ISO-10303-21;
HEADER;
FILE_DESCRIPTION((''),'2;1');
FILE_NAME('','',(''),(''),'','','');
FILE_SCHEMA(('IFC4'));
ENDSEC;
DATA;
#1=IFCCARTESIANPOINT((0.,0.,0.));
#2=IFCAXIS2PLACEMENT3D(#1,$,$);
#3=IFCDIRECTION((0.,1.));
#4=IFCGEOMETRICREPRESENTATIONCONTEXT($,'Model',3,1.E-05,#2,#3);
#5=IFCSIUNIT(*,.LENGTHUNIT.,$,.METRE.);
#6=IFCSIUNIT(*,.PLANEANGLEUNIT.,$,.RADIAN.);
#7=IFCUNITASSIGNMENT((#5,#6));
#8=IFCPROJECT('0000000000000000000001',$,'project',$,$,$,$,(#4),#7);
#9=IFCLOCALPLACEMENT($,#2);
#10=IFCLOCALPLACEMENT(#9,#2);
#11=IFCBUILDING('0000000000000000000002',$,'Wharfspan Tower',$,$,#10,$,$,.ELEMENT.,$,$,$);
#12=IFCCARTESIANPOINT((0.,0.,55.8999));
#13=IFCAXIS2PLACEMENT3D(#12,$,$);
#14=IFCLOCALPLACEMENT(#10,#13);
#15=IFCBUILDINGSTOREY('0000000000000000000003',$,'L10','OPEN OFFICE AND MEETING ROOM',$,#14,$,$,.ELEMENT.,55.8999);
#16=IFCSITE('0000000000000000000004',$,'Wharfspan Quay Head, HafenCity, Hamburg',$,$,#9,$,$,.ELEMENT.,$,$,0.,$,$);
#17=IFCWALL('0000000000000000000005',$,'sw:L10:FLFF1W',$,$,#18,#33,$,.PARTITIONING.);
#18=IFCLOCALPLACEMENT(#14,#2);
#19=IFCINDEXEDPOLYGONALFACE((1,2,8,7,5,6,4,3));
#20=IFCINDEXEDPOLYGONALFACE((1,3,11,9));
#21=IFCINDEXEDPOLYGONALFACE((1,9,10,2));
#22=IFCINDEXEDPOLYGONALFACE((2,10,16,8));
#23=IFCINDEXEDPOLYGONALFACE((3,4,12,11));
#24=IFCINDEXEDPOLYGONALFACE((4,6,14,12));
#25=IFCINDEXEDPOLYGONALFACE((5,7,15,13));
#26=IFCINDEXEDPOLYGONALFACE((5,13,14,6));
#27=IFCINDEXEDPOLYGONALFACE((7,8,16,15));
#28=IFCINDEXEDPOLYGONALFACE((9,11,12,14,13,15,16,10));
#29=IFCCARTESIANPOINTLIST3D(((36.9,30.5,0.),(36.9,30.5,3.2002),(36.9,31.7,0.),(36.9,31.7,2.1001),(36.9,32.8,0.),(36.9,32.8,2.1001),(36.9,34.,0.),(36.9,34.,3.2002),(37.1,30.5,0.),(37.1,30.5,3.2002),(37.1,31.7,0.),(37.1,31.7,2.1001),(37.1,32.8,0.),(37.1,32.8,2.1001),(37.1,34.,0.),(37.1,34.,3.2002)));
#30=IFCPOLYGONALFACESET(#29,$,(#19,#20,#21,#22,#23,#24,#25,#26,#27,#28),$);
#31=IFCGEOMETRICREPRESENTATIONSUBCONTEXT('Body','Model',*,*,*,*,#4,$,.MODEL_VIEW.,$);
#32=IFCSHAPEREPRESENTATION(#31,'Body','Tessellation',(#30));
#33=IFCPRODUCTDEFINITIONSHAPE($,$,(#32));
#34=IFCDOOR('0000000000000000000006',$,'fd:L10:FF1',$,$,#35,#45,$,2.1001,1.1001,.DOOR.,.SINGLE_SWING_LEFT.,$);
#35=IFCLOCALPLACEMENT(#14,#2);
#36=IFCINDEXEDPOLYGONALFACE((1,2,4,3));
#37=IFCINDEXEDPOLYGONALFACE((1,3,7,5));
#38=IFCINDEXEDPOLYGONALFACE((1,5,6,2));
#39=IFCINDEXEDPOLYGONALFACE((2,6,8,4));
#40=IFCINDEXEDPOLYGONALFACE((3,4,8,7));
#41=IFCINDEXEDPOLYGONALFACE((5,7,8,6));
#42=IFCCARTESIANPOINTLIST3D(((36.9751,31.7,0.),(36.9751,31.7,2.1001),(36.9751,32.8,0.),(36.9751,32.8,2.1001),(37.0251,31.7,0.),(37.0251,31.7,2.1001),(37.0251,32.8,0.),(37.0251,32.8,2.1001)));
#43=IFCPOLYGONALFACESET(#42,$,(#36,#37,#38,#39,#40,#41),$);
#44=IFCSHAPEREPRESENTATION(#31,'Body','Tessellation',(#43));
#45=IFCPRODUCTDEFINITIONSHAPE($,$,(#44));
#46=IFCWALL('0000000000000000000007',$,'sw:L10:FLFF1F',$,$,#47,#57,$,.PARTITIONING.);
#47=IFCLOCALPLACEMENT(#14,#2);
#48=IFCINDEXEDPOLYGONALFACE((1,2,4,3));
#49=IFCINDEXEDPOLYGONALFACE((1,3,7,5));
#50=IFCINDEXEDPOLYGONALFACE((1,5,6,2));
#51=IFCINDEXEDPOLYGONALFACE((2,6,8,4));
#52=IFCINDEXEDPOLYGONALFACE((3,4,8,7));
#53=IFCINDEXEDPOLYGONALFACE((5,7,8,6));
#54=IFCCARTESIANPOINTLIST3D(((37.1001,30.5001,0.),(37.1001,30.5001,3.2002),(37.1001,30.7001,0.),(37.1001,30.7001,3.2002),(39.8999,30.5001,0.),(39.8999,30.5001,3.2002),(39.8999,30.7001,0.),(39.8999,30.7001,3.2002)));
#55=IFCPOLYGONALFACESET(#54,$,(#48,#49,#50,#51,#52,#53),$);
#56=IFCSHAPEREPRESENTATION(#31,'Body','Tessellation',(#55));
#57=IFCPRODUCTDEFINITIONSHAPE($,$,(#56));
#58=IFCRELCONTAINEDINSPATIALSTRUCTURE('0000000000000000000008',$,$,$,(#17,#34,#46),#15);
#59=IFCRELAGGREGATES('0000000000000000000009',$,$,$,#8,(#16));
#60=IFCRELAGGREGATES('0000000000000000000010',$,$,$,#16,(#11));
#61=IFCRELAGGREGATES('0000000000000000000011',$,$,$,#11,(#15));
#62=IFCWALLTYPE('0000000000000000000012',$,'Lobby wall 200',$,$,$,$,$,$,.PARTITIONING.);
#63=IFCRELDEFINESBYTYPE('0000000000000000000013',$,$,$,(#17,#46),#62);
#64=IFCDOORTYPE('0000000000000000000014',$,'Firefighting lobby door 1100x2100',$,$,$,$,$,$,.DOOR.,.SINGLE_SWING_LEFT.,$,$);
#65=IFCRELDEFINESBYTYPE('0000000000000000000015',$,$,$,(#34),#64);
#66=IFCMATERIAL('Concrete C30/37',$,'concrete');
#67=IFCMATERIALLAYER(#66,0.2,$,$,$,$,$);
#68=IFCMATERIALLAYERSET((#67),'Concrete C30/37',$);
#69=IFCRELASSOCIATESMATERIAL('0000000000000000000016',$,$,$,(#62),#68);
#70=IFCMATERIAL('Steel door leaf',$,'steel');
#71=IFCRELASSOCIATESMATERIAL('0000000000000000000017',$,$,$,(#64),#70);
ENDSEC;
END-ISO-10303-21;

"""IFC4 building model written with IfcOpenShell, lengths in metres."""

from ifc_helpers import new_model, si_unit, direction, frame, frame_2d, origin, place, context, subcontext, project, spatial, rectangle, extrude, material, layer, layer_set, type_object, element, fill, save


model = new_model("IFC4")

# Units and contexts
model_context = context("Model", 3, precision=1e-05, world=origin(), true_north=direction((0.0, 1.0)))
body_context = subcontext(model_context, "Body", "Model", "MODEL_VIEW")
ifc_project = project(units=[si_unit("LENGTHUNIT", "METRE"), si_unit("PLANEANGLEUNIT", "RADIAN")], contexts=[model_context])

# Site, building, storey
site_placement = place(None, origin())
site = spatial("IfcSite", under=ifc_project, at=site_placement, Name="Wharfspan Quay Head, HafenCity, Hamburg", CompositionType="ELEMENT", RefElevation=0.0)
building_placement = place(site_placement, origin())
building = spatial("IfcBuilding", under=site, at=building_placement, Name="Wharfspan Tower", CompositionType="ELEMENT")
storey_placement = place(building_placement, frame((0.0, 0.0, 55.8999)))
storey = spatial("IfcBuildingStorey", under=building, at=storey_placement, Name="L10", Description="OPEN OFFICE AND MEETING ROOM", CompositionType="ELEMENT", Elevation=55.8999)

# Shared definitions
ifc_material_1 = material(Name="Steel door leaf", Category="steel")

# Wall, opening, door
ifc_material_2 = material(Name="Concrete C30/37", Category="concrete")
ifc_layer_1 = layer(ifc_material_2, 0.2)
ifc_layer_set_1 = layer_set([ifc_layer_1], Name="Concrete C30/37")
wall_type_1 = type_object("IfcWallType", Name="Lobby wall 200", PredefinedType="PARTITIONING", material=ifc_layer_set_1)
wall_1_placement = place(storey_placement, frame((37.0, 30.5, 0.0), z_axis=(0.0, 0.0, 1.0), x_axis=(0.0, 1.0, 0.0)))
wall_1 = element("IfcWall", 1, at=wall_1_placement, inside=storey, type_object=wall_type_1, Name="sw:L10:FLFF1W", PredefinedType="PARTITIONING", context=body_context, shape_type="SweptSolid", body=[
    extrude(rectangle(XDim=3.5, YDim=0.2, at=frame_2d((1.75, 0.0))), origin(), (0.0, 0.0, 1.0), 3.2002),
])
opening_1_placement = place(wall_1_placement, frame((1.2, 0.0, 0.0)))
opening_1 = element("IfcOpeningElement", 2, at=opening_1_placement, cuts=wall_1, PredefinedType="OPENING", context=body_context, shape_type="SweptSolid", body=[
    extrude(rectangle(XDim=1.1001, YDim=2.1001, at=frame_2d((0.55, 1.05))), frame((0.0, 0.1099, 0.0), z_axis=(0.0, -1.0, 0.0), x_axis=(1.0, 0.0, 0.0)), (0.0, 0.0, 1.0), 0.22),
])
door_type_1 = type_object("IfcDoorType", Name="Firefighting lobby door 1100x2100", OperationType="SINGLE_SWING_LEFT", PredefinedType="DOOR", material=ifc_material_1)
door_1_placement = place(opening_1_placement, origin())
door_1 = element("IfcDoor", 3, at=door_1_placement, inside=storey, type_object=door_type_1, Name="fd:L10:FF1", OperationType="SINGLE_SWING_LEFT", OverallHeight=2.1001, OverallWidth=1.1001, PredefinedType="DOOR", context=body_context, shape_type="SweptSolid", body=[
    extrude(rectangle(XDim=1.1001, YDim=2.1001, at=frame_2d((0.55, 1.05))), frame((0.0, 0.0249, 0.0), z_axis=(0.0, -1.0, 0.0), x_axis=(1.0, 0.0, 0.0)), (0.0, 0.0, 1.0), 0.05),
])
fill(opening_1, door_1)

# Wall
wall_2_placement = place(storey_placement, frame((37.1001, 30.6001, 0.0), z_axis=(0.0, 0.0, 1.0), x_axis=(1.0, 0.0, 0.0)))
element("IfcWall", 4, at=wall_2_placement, inside=storey, type_object=wall_type_1, Name="sw:L10:FLFF1F", PredefinedType="PARTITIONING", context=body_context, shape_type="SweptSolid", body=[
    extrude(rectangle(XDim=2.7998, YDim=0.2, at=frame_2d((1.3999, 0.0))), origin(), (0.0, 0.0, 1.0), 3.2002),
])

save(model, "model.ifc")
